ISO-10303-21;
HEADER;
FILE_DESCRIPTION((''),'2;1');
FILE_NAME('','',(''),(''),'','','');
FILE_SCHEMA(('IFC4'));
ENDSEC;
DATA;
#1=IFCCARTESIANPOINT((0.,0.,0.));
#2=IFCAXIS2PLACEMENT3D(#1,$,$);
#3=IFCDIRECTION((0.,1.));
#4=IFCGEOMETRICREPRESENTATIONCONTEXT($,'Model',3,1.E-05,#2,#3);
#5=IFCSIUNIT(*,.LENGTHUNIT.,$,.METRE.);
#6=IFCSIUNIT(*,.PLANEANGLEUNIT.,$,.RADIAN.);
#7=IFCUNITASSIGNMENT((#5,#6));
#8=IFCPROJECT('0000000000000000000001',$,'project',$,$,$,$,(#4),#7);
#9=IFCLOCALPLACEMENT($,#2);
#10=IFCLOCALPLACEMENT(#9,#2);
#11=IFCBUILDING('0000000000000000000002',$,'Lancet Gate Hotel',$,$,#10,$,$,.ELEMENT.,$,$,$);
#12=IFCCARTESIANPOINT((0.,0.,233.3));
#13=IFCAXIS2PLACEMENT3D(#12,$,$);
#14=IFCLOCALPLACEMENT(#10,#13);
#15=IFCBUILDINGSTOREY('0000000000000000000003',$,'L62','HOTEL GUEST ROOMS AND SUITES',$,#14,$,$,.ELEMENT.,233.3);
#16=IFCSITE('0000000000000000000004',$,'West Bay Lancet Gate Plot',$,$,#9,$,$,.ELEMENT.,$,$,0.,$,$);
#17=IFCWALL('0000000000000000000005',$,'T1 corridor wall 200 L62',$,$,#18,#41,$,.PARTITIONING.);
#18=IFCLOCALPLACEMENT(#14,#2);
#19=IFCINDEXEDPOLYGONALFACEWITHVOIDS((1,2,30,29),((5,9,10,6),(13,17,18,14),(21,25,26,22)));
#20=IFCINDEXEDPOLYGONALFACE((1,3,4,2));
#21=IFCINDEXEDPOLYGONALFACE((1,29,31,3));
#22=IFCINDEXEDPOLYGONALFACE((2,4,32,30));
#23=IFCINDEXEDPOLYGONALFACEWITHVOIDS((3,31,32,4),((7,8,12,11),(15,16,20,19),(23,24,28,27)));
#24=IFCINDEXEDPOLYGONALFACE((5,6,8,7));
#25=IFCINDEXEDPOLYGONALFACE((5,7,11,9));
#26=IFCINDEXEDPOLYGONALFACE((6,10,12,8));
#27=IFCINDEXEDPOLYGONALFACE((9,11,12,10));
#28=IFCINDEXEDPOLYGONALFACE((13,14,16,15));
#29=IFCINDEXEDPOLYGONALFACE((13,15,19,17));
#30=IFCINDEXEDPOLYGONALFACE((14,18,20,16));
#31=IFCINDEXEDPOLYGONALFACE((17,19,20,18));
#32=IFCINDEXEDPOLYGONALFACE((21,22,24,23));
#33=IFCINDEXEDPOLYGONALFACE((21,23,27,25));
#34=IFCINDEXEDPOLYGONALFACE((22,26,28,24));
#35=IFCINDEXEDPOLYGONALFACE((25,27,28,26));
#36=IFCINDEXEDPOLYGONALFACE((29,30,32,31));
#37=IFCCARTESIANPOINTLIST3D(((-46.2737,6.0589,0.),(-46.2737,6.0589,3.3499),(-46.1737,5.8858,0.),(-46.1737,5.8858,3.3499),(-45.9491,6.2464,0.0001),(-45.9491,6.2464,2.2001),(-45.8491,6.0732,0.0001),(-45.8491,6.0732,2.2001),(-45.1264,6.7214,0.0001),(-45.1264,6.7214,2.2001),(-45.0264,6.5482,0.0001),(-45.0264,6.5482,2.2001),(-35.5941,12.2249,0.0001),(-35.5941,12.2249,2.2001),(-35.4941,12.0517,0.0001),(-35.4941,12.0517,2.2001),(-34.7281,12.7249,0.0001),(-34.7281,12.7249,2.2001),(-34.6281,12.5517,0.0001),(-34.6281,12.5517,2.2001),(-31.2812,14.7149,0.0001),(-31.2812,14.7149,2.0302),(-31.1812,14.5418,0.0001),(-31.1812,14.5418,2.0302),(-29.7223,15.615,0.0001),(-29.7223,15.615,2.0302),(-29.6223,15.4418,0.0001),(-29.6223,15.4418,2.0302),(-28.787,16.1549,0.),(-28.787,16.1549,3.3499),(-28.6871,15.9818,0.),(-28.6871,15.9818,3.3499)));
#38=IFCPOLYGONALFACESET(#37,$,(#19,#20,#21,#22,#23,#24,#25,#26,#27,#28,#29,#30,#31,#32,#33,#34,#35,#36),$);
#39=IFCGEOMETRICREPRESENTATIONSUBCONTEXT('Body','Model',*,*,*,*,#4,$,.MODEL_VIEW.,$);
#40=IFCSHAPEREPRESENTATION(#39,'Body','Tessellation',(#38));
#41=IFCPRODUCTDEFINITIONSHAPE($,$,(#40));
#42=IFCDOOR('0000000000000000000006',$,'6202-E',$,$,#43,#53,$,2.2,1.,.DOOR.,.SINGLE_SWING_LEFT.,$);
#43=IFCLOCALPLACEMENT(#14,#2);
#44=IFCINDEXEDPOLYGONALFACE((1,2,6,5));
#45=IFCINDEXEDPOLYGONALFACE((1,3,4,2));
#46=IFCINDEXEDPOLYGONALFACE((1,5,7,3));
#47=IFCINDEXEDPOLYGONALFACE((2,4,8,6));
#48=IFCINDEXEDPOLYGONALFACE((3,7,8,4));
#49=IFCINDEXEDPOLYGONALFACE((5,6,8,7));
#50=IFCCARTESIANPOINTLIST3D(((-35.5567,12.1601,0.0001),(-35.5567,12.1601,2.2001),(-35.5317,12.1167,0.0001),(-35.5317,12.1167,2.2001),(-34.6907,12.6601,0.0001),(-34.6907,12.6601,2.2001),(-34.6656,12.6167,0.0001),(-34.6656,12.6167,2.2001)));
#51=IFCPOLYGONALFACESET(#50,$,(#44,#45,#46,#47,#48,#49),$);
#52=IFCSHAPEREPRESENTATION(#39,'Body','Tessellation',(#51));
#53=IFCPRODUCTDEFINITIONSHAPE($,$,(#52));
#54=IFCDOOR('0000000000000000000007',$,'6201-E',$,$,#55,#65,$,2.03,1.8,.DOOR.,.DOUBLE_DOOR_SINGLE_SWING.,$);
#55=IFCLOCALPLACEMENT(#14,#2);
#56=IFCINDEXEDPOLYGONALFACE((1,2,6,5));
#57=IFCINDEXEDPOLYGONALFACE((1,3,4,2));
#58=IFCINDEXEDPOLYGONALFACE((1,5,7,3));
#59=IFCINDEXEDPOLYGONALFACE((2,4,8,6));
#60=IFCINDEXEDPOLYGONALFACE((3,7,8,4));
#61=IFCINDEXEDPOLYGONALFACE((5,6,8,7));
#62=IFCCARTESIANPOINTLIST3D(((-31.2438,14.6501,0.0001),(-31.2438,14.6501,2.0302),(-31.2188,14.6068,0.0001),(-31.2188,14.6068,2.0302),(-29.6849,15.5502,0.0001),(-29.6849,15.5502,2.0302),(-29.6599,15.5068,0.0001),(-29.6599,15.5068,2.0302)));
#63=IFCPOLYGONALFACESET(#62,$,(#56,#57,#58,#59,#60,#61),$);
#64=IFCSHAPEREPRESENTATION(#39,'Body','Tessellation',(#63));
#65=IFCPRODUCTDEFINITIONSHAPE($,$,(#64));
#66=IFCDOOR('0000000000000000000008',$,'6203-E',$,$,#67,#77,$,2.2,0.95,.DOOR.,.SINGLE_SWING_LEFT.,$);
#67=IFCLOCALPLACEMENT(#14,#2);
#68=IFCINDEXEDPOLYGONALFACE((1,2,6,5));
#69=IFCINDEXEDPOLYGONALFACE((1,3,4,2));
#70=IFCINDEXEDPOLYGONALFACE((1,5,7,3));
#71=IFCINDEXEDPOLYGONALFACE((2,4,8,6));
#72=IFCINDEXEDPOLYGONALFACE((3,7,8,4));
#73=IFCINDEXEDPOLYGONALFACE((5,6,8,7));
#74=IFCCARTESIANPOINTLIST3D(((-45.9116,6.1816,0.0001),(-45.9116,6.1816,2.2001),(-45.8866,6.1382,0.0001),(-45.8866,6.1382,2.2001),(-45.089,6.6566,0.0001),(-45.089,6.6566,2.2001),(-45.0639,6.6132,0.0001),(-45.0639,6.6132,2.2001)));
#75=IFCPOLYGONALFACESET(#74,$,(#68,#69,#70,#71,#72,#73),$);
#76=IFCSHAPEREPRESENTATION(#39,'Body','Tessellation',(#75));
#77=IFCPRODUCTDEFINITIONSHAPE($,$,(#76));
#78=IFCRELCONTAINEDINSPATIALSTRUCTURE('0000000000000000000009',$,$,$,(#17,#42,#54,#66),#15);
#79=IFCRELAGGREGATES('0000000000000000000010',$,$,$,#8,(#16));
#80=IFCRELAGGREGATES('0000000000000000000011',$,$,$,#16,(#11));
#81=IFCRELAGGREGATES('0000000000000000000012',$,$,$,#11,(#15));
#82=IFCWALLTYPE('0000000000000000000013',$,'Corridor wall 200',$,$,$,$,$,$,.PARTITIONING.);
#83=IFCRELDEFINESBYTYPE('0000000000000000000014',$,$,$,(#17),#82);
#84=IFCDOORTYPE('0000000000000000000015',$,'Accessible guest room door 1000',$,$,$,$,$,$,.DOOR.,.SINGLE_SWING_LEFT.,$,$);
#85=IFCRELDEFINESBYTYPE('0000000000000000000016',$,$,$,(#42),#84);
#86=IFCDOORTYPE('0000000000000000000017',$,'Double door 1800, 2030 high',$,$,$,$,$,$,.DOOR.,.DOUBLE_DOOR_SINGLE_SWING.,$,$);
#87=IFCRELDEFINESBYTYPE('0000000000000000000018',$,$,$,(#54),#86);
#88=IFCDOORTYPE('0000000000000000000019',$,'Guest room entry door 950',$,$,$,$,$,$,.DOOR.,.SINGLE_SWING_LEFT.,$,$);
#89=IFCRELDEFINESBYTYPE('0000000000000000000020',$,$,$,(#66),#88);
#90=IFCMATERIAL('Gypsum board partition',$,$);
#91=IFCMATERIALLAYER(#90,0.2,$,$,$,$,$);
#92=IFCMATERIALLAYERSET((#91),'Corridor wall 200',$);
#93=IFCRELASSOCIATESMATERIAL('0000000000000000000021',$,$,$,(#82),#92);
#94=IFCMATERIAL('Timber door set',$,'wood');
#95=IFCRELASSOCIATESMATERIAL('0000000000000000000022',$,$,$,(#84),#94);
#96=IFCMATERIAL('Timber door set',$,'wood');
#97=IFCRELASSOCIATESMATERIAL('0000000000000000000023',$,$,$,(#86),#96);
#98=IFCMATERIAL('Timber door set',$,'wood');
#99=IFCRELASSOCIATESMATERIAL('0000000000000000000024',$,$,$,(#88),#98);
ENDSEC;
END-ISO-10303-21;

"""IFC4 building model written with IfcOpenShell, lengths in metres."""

from ifc_helpers import new_model, si_unit, direction, frame, frame_2d, origin, place, context, subcontext, project, spatial, rectangle, extrude, material, layer, layer_set, type_object, element, fill, save


model = new_model("IFC4")

# Units and contexts
model_context = context("Model", 3, precision=1e-05, world=origin(), true_north=direction((0.0, 1.0)))
body_context = subcontext(model_context, "Body", "Model", "MODEL_VIEW")
ifc_project = project(units=[si_unit("LENGTHUNIT", "METRE"), si_unit("PLANEANGLEUNIT", "RADIAN")], contexts=[model_context])

# Site, building, storey
site_placement = place(None, origin())
site = spatial("IfcSite", under=ifc_project, at=site_placement, Name="West Bay Lancet Gate Plot", CompositionType="ELEMENT", RefElevation=0.0)
building_placement = place(site_placement, origin())
building = spatial("IfcBuilding", under=site, at=building_placement, Name="Lancet Gate Hotel", CompositionType="ELEMENT")
storey_placement = place(building_placement, frame((0.0, 0.0, 233.3)))
storey = spatial("IfcBuildingStorey", under=building, at=storey_placement, Name="L62", Description="HOTEL GUEST ROOMS AND SUITES", CompositionType="ELEMENT", Elevation=233.3)

# Wall, openings, doors
ifc_material_1 = material(Name="Gypsum board partition")
ifc_layer_1 = layer(ifc_material_1, 0.2)
ifc_layer_set_1 = layer_set([ifc_layer_1], Name="Corridor wall 200")
wall_type_1 = type_object("IfcWallType", Name="Corridor wall 200", PredefinedType="PARTITIONING", material=ifc_layer_set_1)
wall_1_placement = place(storey_placement, frame((-28.7371, 16.0684, 0.0), z_axis=(0.0, 0.0, 1.0), x_axis=(-0.866024, -0.500003, 0.0)))
wall_1 = element("IfcWall", 1, at=wall_1_placement, inside=storey, type_object=wall_type_1, Name="T1 corridor wall 200 L62", PredefinedType="PARTITIONING", context=body_context, shape_type="SweptSolid", body=[
    extrude(rectangle(XDim=20.1919, YDim=0.2, at=frame_2d((10.0959, 0.0))), origin(), (0.0, 0.0, 1.0), 3.3499),
])
opening_1_placement = place(wall_1_placement, frame((1.0801, 0.0, 0.0)))
opening_1 = element("IfcOpeningElement", 2, at=opening_1_placement, cuts=wall_1, PredefinedType="OPENING", context=body_context, shape_type="SweptSolid", body=[
    extrude(rectangle(XDim=1.8, YDim=2.03, at=frame_2d((0.8999, 1.0151))), frame((0.0, 0.1099, 0.0), z_axis=(0.0, -1.0, 0.0), x_axis=(1.0, 0.0, 0.0)), (0.0, 0.0, 1.0), 0.22),
])
opening_2_placement = place(wall_1_placement, frame((6.8601, 0.0, 0.0)))
opening_2 = element("IfcOpeningElement", 3, at=opening_2_placement, cuts=wall_1, PredefinedType="OPENING", context=body_context, shape_type="SweptSolid", body=[
    extrude(rectangle(XDim=1.0, YDim=2.2, at=frame_2d((0.5, 1.1001))), frame((0.0, 0.1099, 0.0), z_axis=(0.0, -1.0, 0.0), x_axis=(1.0, 0.0, 0.0)), (0.0, 0.0, 1.0), 0.22),
])
opening_3_placement = place(wall_1_placement, frame((18.8669, 0.0, 0.0)))
opening_3 = element("IfcOpeningElement", 4, at=opening_3_placement, cuts=wall_1, PredefinedType="OPENING", context=body_context, shape_type="SweptSolid", body=[
    extrude(rectangle(XDim=0.95, YDim=2.2, at=frame_2d((0.4751, 1.1001))), frame((0.0, 0.1099, 0.0), z_axis=(0.0, -1.0, 0.0), x_axis=(1.0, 0.0, 0.0)), (0.0, 0.0, 1.0), 0.22),
])
ifc_material_2 = material(Name="Timber door set", Category="wood")
door_type_1 = type_object("IfcDoorType", Name="Accessible guest room door 1000", OperationType="SINGLE_SWING_LEFT", PredefinedType="DOOR", material=ifc_material_2)
door_1_placement = place(opening_2_placement, origin())
door_1 = element("IfcDoor", 5, at=door_1_placement, inside=storey, type_object=door_type_1, Name="6202-E", OperationType="SINGLE_SWING_LEFT", OverallHeight=2.2, OverallWidth=1.0, PredefinedType="DOOR", context=body_context, shape_type="SweptSolid", body=[
    extrude(rectangle(XDim=1.0, YDim=2.2, at=frame_2d((0.5, 1.1001))), frame((0.0, 0.0249, 0.0), z_axis=(0.0, -1.0, 0.0), x_axis=(1.0, 0.0, 0.0)), (0.0, 0.0, 1.0), 0.05),
])
fill(opening_2, door_1)
ifc_material_3 = material(Name="Timber door set", Category="wood")
door_type_2 = type_object("IfcDoorType", Name="Double door 1800, 2030 high", OperationType="DOUBLE_DOOR_SINGLE_SWING", PredefinedType="DOOR", material=ifc_material_3)
door_2_placement = place(opening_1_placement, origin())
door_2 = element("IfcDoor", 6, at=door_2_placement, inside=storey, type_object=door_type_2, Name="6201-E", OperationType="DOUBLE_DOOR_SINGLE_SWING", OverallHeight=2.03, OverallWidth=1.8, PredefinedType="DOOR", context=body_context, shape_type="SweptSolid", body=[
    extrude(rectangle(XDim=1.8, YDim=2.03, at=frame_2d((0.8999, 1.0151))), frame((0.0, 0.0249, 0.0), z_axis=(0.0, -1.0, 0.0), x_axis=(1.0, 0.0, 0.0)), (0.0, 0.0, 1.0), 0.05),
])
fill(opening_1, door_2)
ifc_material_4 = material(Name="Timber door set", Category="wood")
door_type_3 = type_object("IfcDoorType", Name="Guest room entry door 950", OperationType="SINGLE_SWING_LEFT", PredefinedType="DOOR", material=ifc_material_4)
door_3_placement = place(opening_3_placement, origin())
door_3 = element("IfcDoor", 7, at=door_3_placement, inside=storey, type_object=door_type_3, Name="6203-E", OperationType="SINGLE_SWING_LEFT", OverallHeight=2.2, OverallWidth=0.95, PredefinedType="DOOR", context=body_context, shape_type="SweptSolid", body=[
    extrude(rectangle(XDim=0.95, YDim=2.2, at=frame_2d((0.4751, 1.1001))), frame((0.0, 0.0249, 0.0), z_axis=(0.0, -1.0, 0.0), x_axis=(1.0, 0.0, 0.0)), (0.0, 0.0, 1.0), 0.05),
])
fill(opening_3, door_3)

save(model, "model.ifc")
